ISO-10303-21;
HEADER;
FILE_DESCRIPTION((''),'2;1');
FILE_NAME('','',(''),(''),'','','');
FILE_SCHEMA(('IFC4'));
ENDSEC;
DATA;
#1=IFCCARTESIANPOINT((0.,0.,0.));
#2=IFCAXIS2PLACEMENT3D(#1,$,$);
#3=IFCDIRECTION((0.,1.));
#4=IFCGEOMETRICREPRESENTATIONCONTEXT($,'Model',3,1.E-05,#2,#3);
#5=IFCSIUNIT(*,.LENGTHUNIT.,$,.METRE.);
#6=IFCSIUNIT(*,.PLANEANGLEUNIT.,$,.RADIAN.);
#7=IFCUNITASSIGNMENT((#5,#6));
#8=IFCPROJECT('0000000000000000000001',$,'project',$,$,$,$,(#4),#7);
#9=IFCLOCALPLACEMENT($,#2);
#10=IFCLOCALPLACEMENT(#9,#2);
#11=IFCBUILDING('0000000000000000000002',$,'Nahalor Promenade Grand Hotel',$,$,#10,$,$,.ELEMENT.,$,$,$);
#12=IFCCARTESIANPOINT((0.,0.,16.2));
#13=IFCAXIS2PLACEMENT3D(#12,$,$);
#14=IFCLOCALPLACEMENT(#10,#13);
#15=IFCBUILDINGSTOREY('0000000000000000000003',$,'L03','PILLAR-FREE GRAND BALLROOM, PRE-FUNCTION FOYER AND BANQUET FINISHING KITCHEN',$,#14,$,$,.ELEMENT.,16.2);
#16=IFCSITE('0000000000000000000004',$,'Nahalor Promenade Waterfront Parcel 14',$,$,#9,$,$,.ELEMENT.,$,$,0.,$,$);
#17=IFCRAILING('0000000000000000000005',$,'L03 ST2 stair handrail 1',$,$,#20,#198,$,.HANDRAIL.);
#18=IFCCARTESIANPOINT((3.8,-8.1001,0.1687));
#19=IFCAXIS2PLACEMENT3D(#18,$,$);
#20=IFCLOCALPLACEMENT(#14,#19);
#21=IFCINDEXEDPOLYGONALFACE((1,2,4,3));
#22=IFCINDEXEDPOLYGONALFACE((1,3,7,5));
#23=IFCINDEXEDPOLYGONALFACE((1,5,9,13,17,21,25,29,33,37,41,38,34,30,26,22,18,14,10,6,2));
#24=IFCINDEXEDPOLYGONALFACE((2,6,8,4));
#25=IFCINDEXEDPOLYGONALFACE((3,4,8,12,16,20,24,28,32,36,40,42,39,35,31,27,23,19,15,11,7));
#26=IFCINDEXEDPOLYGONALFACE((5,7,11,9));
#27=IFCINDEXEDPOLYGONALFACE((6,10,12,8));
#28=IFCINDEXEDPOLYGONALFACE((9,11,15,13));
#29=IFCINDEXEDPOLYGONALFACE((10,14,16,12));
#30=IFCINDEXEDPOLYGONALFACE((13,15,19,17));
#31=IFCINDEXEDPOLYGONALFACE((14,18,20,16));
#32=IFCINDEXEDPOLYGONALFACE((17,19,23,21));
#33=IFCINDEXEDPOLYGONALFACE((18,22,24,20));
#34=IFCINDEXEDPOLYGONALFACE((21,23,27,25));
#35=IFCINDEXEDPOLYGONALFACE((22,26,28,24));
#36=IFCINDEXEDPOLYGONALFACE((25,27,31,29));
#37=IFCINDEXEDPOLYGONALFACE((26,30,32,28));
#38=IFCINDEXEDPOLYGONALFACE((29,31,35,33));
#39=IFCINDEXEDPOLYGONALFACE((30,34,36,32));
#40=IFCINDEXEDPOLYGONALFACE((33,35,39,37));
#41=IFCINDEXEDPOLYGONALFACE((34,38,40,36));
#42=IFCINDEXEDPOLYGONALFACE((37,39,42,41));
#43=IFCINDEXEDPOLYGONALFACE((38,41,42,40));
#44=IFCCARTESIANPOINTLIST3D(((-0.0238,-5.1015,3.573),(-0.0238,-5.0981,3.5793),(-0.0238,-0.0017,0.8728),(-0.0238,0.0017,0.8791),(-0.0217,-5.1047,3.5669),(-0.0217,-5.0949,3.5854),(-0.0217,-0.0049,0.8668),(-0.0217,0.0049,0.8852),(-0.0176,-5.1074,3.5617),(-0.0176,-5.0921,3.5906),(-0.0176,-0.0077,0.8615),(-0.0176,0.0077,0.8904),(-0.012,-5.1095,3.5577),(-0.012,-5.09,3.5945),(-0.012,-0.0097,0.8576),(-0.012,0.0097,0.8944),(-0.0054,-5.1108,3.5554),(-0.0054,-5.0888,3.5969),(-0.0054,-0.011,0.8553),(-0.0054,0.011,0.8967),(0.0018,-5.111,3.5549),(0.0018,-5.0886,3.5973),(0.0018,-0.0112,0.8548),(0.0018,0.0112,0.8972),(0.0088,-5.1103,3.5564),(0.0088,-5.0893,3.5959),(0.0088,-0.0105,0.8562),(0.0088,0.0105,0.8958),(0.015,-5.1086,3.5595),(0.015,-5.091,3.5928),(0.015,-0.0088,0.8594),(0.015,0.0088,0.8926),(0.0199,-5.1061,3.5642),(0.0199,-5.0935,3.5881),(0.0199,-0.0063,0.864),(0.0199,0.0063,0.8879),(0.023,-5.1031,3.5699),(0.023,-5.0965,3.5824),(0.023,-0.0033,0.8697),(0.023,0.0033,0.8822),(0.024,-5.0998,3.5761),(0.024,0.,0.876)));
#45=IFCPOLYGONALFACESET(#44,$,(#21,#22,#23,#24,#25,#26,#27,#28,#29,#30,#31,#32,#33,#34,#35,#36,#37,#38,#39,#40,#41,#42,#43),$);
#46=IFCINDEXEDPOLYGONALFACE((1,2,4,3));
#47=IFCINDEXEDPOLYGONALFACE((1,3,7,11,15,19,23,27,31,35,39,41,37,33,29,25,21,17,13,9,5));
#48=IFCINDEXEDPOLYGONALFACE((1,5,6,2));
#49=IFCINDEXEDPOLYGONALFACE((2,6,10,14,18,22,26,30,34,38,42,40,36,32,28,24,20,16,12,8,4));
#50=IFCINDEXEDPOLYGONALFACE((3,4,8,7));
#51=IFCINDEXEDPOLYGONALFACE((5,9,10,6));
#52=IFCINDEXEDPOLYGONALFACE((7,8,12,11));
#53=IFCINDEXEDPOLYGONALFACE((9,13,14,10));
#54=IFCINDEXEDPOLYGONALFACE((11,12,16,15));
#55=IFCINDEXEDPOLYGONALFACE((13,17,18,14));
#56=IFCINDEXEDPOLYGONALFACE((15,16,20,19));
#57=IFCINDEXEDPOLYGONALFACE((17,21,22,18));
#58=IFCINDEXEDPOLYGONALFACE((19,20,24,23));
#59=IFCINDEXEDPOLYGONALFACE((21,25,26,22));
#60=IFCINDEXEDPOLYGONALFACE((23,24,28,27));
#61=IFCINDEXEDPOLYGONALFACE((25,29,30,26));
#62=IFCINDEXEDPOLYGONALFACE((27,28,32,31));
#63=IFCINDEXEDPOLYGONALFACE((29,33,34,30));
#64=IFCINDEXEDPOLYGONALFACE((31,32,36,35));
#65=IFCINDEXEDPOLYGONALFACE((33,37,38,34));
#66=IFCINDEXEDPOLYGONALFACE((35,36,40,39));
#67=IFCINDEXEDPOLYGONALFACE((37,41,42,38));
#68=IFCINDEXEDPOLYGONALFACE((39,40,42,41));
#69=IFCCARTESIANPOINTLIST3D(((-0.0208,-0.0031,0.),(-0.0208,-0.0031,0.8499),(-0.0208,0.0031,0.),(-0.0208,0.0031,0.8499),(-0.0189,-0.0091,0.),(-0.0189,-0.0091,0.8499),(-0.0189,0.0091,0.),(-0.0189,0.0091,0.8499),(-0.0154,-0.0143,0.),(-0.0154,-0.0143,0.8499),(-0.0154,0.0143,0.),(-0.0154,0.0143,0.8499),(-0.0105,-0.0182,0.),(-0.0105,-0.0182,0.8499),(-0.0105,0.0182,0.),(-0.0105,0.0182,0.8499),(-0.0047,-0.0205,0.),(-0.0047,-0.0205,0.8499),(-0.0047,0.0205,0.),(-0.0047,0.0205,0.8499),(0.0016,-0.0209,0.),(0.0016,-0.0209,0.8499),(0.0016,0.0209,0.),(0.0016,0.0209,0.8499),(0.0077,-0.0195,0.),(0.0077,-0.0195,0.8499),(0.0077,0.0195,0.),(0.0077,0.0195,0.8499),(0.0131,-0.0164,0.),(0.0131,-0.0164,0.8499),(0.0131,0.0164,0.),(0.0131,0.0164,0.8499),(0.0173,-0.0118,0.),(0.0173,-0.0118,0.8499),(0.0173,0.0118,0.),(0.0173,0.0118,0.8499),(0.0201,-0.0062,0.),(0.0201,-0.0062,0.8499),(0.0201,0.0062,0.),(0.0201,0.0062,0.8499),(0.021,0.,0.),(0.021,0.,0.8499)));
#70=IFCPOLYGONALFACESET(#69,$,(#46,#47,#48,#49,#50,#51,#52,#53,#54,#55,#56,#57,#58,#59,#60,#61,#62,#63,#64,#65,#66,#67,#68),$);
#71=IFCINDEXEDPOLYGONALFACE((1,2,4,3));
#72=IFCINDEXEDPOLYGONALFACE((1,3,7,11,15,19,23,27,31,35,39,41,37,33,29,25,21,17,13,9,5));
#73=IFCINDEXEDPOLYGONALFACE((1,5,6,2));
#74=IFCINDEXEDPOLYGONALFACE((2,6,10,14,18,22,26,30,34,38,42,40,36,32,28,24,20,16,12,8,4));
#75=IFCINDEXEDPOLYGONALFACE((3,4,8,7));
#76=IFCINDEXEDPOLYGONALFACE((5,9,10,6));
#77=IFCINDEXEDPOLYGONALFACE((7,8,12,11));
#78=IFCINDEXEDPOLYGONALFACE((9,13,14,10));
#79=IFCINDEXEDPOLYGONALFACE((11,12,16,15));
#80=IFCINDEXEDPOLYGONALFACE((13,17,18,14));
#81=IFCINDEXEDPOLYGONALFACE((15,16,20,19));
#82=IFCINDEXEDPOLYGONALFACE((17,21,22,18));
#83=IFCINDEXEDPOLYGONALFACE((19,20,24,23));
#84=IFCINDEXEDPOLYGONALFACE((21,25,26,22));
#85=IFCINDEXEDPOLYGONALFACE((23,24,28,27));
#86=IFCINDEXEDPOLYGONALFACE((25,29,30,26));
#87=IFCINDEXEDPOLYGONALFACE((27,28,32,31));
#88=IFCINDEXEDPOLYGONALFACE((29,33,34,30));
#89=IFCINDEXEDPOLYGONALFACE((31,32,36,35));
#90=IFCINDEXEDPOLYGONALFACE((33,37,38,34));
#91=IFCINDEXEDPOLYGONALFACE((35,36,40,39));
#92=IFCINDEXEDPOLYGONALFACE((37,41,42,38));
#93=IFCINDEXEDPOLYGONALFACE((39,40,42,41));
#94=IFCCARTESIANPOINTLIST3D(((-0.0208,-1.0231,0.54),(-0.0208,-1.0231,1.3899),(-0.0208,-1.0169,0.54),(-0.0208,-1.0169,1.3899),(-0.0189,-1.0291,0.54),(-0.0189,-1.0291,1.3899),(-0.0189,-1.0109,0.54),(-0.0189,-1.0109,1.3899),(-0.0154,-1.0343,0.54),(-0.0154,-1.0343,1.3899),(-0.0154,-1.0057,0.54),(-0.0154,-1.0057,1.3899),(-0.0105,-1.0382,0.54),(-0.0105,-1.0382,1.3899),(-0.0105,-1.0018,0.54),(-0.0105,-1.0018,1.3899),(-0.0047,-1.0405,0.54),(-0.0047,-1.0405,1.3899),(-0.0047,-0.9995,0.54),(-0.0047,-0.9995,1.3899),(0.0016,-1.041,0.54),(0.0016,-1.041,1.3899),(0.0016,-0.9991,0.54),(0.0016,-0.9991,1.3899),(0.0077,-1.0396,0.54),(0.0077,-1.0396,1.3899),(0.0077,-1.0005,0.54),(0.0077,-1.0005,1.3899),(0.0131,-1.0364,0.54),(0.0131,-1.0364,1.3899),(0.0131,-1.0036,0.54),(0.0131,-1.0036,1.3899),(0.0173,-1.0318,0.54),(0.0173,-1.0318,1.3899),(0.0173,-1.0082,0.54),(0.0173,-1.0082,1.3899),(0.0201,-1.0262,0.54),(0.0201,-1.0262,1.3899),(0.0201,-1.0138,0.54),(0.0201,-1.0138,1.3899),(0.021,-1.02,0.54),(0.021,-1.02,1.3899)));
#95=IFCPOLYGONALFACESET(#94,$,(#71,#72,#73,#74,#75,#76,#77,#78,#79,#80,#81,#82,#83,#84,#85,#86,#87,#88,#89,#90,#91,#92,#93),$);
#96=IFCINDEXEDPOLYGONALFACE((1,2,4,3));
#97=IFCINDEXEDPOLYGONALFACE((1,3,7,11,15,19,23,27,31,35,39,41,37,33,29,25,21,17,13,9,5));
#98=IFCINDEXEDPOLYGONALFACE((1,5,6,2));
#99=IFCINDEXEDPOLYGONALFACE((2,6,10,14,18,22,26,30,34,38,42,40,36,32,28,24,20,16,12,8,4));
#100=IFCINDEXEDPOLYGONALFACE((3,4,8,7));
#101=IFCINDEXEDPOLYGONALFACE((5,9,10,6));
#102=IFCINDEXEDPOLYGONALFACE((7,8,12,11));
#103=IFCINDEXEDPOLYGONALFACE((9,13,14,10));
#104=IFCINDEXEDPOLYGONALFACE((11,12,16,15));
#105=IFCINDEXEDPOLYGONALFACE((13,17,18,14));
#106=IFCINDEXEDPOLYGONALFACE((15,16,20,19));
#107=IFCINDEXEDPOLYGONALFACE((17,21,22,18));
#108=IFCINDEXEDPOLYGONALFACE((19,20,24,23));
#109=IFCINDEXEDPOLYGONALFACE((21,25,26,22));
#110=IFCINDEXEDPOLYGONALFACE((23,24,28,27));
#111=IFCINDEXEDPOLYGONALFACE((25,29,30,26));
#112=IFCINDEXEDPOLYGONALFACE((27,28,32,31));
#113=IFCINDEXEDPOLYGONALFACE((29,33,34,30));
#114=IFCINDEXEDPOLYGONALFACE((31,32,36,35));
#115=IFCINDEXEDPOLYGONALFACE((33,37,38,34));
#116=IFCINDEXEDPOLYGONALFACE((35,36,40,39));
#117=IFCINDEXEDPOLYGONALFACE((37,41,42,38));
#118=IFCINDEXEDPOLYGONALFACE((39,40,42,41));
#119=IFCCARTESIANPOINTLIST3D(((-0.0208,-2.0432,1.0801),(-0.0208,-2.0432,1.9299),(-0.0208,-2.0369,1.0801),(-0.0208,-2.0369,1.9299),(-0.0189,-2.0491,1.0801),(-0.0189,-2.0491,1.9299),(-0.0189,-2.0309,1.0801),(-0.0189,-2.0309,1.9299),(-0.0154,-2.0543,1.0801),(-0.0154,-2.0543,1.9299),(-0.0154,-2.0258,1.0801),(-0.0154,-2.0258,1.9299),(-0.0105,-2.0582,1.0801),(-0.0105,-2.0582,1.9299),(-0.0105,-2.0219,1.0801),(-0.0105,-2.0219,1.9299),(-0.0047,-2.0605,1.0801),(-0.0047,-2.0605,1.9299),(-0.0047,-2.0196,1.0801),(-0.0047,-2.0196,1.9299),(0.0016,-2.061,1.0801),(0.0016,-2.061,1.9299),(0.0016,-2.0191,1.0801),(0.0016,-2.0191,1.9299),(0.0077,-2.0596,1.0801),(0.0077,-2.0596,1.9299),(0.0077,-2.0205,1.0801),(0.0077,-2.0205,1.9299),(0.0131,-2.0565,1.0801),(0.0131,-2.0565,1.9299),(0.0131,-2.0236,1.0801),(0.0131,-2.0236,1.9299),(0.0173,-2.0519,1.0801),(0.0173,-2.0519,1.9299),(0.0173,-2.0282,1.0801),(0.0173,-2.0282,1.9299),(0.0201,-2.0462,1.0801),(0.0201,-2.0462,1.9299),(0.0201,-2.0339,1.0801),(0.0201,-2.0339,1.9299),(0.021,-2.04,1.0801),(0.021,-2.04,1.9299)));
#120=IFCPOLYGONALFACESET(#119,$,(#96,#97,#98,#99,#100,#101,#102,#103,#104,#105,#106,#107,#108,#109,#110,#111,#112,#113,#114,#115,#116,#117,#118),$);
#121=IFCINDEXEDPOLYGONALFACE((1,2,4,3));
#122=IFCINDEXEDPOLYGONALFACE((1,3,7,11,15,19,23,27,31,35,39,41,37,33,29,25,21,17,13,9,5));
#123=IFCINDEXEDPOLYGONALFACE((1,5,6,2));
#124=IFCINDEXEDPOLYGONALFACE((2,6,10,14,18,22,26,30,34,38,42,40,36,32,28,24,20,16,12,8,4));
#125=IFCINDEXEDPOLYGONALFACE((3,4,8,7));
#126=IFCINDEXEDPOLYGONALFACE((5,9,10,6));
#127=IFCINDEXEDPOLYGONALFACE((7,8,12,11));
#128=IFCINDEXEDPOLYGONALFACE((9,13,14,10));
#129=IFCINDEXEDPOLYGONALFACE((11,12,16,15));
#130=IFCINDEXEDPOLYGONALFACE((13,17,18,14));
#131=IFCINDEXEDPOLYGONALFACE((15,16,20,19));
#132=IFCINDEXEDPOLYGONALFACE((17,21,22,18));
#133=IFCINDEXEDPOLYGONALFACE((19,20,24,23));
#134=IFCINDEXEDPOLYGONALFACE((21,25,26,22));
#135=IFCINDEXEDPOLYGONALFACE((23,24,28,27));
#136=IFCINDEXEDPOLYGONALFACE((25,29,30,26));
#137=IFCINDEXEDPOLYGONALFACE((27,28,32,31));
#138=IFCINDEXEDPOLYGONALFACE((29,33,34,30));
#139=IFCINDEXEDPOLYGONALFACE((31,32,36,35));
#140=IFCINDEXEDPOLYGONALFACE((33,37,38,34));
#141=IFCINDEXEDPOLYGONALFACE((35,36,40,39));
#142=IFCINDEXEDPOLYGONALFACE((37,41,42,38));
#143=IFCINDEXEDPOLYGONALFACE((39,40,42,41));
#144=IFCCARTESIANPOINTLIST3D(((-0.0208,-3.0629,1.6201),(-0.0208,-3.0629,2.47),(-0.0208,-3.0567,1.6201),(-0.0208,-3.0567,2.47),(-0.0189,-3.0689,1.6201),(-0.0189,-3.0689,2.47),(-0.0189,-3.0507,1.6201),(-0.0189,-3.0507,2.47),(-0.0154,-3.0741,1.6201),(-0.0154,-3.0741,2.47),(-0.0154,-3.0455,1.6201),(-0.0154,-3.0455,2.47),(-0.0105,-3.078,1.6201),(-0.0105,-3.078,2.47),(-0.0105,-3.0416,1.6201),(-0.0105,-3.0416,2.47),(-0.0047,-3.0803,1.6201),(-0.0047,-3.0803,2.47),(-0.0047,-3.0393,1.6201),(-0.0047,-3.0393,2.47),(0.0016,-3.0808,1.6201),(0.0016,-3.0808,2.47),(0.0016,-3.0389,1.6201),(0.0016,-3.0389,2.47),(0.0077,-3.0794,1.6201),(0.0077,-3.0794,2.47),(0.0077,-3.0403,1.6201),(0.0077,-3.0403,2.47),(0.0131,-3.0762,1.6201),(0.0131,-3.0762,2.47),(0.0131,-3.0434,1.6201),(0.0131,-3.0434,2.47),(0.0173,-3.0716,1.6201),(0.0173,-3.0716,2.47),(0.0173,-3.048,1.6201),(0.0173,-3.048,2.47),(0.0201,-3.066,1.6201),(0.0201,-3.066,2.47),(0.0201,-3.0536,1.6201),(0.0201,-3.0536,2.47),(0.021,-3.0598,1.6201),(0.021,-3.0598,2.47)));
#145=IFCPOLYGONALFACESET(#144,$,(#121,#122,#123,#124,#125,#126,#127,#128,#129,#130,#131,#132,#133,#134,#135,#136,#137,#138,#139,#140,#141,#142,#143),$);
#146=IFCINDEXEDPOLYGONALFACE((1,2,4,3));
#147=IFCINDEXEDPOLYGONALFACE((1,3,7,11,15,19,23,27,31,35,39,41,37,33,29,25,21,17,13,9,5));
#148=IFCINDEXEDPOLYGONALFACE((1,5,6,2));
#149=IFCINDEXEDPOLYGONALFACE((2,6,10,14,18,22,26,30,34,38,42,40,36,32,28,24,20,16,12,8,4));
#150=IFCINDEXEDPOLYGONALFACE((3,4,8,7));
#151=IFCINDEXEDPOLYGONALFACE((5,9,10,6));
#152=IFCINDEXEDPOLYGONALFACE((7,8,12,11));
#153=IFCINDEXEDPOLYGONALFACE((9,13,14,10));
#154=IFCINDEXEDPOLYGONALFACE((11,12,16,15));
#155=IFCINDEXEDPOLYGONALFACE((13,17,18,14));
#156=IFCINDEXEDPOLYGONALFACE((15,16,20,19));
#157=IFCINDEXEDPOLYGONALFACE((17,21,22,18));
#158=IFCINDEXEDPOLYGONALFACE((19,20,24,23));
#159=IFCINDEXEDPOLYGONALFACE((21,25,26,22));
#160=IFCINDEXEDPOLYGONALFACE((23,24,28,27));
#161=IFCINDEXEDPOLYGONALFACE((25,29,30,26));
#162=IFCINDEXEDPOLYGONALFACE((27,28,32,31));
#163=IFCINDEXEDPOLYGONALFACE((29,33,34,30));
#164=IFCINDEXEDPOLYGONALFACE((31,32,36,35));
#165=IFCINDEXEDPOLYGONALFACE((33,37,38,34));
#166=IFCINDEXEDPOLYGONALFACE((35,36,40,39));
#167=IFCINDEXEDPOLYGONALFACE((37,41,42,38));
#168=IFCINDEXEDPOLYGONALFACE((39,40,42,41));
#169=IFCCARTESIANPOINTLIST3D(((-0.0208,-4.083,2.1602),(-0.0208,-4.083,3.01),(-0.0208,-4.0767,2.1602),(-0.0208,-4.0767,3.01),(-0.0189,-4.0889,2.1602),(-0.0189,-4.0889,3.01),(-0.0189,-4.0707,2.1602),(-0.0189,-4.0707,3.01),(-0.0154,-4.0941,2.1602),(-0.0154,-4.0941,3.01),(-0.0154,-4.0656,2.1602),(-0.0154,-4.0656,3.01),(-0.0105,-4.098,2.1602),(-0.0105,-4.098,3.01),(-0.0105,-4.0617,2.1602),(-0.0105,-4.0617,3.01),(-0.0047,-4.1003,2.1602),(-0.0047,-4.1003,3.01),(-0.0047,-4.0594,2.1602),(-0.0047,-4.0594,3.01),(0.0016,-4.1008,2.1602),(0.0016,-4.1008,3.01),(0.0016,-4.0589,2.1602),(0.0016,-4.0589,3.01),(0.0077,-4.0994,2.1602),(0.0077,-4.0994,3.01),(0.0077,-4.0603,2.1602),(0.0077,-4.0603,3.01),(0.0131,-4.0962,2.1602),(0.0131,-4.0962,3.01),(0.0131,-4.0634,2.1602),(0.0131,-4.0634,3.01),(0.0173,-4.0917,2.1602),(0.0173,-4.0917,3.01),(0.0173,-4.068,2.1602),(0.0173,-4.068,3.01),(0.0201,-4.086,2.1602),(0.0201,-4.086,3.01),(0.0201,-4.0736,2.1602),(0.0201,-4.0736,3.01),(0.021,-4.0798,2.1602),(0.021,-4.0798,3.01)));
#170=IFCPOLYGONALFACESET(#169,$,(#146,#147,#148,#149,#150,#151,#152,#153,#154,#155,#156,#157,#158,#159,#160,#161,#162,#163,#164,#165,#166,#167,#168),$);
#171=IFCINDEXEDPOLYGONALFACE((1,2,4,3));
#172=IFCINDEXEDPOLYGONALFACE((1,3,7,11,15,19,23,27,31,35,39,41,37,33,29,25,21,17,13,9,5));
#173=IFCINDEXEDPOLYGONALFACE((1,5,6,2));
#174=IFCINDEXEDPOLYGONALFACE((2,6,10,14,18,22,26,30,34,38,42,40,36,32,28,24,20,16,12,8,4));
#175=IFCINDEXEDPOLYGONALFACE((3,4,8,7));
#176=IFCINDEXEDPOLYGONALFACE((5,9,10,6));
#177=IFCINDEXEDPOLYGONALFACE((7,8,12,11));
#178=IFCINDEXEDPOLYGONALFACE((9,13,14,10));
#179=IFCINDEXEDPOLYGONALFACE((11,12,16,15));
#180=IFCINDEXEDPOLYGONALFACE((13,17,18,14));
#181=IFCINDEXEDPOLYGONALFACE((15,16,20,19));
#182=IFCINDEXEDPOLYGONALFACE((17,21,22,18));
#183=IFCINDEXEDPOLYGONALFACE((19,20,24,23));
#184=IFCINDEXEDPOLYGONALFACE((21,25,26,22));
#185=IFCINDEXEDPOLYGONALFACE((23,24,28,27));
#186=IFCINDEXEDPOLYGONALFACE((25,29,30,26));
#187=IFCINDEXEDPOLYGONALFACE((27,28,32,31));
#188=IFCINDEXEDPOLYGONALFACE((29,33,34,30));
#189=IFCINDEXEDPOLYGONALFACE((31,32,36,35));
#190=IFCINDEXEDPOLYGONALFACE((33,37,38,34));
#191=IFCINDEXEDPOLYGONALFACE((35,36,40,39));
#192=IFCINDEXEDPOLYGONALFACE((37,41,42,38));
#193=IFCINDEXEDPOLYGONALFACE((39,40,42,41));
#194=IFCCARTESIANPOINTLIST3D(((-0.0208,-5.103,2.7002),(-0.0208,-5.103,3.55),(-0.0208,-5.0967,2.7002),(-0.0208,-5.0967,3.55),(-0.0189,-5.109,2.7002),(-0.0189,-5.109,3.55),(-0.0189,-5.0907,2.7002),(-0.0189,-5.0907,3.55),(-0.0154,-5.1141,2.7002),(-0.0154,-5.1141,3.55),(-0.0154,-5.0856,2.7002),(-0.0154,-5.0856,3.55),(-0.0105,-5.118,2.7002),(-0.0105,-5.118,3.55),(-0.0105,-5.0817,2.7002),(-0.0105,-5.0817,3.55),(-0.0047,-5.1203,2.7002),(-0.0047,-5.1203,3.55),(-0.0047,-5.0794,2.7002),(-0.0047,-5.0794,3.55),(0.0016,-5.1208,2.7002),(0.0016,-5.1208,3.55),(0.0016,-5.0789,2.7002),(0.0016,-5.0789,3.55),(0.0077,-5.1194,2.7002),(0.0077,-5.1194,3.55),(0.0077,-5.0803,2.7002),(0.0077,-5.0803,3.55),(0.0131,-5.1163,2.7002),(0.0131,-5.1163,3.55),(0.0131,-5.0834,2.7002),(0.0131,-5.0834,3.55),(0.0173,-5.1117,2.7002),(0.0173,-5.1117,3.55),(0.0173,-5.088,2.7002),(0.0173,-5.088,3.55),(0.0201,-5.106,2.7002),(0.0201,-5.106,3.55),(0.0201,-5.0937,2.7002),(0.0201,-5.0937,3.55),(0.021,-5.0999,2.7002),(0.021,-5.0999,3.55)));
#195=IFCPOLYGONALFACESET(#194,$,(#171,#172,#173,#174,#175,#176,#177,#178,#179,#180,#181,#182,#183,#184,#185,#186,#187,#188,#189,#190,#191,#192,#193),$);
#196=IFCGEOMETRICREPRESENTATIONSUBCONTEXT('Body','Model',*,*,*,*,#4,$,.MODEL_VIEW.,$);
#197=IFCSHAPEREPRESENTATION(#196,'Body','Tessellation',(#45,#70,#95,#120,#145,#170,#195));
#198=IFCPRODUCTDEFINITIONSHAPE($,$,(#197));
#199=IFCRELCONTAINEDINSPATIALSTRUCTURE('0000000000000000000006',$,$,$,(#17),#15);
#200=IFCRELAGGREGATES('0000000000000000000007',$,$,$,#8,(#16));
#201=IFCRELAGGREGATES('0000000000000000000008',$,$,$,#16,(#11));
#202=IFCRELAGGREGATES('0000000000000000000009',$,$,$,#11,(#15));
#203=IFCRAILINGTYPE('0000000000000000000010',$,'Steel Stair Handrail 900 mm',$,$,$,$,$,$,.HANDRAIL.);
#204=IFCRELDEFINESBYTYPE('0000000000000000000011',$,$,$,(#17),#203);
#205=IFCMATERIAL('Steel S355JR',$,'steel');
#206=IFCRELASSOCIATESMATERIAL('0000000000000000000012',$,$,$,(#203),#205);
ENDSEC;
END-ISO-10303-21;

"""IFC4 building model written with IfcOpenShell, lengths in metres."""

from ifc_helpers import new_model, si_unit, direction, frame, origin, origin_2d, place, context, subcontext, project, spatial, circle, extrude, material, type_object, element, save


model = new_model("IFC4")

# Units and contexts
model_context = context("Model", 3, precision=1e-05, world=origin(), true_north=direction((0.0, 1.0)))
body_context = subcontext(model_context, "Body", "Model", "MODEL_VIEW")
ifc_project = project(units=[si_unit("LENGTHUNIT", "METRE"), si_unit("PLANEANGLEUNIT", "RADIAN")], contexts=[model_context])

# Site, building, storey
site_placement = place(None, origin())
site = spatial("IfcSite", under=ifc_project, at=site_placement, Name="Nahalor Promenade Waterfront Parcel 14", CompositionType="ELEMENT", RefElevation=0.0)
building_placement = place(site_placement, origin())
building = spatial("IfcBuilding", under=site, at=building_placement, Name="Nahalor Promenade Grand Hotel", CompositionType="ELEMENT")
storey_placement = place(building_placement, frame((0.0, 0.0, 16.2)))
storey = spatial("IfcBuildingStorey", under=building, at=storey_placement, Name="L03", Description="PILLAR-FREE GRAND BALLROOM, PRE-FUNCTION FOYER AND BANQUET FINISHING KITCHEN", CompositionType="ELEMENT", Elevation=16.2)

# Shared definitions
ifc_material_1 = material(Name="Steel S355JR", Category="steel")

# Railing
railing_type_1 = type_object("IfcRailingType", Name="Steel Stair Handrail 900 mm", PredefinedType="HANDRAIL", material=ifc_material_1)
for number, where, name in (
    (1, (3.8, -8.1001, 0.1687), "L03 ST2 stair handrail 1"),
):
    element("IfcRailing", number, at=place(storey_placement, frame(where)), inside=storey, type_object=railing_type_1, Name=name, PredefinedType="HANDRAIL", context=body_context, shape_type="SweptSolid", body=[
        extrude(circle(Radius=0.024, at=origin_2d()), frame((0.0, 0.0, 0.876), z_axis=(0.0, -0.883768, 0.467925), x_axis=(1.0, 0.0, 0.0)), (0.0, 0.0, 1.0), 5.7705),
        extrude(circle(Radius=0.021, at=origin_2d()), origin(), (0.0, 0.0, 1.0), 0.8499),
        extrude(circle(Radius=0.021, at=origin_2d()), frame((0.0, -1.02, 0.54)), (0.0, 0.0, 1.0), 0.8499),
        extrude(circle(Radius=0.021, at=origin_2d()), frame((0.0, -2.04, 1.0801)), (0.0, 0.0, 1.0), 0.8499),
        extrude(circle(Radius=0.021, at=origin_2d()), frame((0.0, -3.0598, 1.6201)), (0.0, 0.0, 1.0), 0.8499),
        extrude(circle(Radius=0.021, at=origin_2d()), frame((0.0, -4.0798, 2.1602)), (0.0, 0.0, 1.0), 0.8499),
        extrude(circle(Radius=0.021, at=origin_2d()), frame((0.0, -5.0999, 2.7002)), (0.0, 0.0, 1.0), 0.8499),
    ])

save(model, "model.ifc")
